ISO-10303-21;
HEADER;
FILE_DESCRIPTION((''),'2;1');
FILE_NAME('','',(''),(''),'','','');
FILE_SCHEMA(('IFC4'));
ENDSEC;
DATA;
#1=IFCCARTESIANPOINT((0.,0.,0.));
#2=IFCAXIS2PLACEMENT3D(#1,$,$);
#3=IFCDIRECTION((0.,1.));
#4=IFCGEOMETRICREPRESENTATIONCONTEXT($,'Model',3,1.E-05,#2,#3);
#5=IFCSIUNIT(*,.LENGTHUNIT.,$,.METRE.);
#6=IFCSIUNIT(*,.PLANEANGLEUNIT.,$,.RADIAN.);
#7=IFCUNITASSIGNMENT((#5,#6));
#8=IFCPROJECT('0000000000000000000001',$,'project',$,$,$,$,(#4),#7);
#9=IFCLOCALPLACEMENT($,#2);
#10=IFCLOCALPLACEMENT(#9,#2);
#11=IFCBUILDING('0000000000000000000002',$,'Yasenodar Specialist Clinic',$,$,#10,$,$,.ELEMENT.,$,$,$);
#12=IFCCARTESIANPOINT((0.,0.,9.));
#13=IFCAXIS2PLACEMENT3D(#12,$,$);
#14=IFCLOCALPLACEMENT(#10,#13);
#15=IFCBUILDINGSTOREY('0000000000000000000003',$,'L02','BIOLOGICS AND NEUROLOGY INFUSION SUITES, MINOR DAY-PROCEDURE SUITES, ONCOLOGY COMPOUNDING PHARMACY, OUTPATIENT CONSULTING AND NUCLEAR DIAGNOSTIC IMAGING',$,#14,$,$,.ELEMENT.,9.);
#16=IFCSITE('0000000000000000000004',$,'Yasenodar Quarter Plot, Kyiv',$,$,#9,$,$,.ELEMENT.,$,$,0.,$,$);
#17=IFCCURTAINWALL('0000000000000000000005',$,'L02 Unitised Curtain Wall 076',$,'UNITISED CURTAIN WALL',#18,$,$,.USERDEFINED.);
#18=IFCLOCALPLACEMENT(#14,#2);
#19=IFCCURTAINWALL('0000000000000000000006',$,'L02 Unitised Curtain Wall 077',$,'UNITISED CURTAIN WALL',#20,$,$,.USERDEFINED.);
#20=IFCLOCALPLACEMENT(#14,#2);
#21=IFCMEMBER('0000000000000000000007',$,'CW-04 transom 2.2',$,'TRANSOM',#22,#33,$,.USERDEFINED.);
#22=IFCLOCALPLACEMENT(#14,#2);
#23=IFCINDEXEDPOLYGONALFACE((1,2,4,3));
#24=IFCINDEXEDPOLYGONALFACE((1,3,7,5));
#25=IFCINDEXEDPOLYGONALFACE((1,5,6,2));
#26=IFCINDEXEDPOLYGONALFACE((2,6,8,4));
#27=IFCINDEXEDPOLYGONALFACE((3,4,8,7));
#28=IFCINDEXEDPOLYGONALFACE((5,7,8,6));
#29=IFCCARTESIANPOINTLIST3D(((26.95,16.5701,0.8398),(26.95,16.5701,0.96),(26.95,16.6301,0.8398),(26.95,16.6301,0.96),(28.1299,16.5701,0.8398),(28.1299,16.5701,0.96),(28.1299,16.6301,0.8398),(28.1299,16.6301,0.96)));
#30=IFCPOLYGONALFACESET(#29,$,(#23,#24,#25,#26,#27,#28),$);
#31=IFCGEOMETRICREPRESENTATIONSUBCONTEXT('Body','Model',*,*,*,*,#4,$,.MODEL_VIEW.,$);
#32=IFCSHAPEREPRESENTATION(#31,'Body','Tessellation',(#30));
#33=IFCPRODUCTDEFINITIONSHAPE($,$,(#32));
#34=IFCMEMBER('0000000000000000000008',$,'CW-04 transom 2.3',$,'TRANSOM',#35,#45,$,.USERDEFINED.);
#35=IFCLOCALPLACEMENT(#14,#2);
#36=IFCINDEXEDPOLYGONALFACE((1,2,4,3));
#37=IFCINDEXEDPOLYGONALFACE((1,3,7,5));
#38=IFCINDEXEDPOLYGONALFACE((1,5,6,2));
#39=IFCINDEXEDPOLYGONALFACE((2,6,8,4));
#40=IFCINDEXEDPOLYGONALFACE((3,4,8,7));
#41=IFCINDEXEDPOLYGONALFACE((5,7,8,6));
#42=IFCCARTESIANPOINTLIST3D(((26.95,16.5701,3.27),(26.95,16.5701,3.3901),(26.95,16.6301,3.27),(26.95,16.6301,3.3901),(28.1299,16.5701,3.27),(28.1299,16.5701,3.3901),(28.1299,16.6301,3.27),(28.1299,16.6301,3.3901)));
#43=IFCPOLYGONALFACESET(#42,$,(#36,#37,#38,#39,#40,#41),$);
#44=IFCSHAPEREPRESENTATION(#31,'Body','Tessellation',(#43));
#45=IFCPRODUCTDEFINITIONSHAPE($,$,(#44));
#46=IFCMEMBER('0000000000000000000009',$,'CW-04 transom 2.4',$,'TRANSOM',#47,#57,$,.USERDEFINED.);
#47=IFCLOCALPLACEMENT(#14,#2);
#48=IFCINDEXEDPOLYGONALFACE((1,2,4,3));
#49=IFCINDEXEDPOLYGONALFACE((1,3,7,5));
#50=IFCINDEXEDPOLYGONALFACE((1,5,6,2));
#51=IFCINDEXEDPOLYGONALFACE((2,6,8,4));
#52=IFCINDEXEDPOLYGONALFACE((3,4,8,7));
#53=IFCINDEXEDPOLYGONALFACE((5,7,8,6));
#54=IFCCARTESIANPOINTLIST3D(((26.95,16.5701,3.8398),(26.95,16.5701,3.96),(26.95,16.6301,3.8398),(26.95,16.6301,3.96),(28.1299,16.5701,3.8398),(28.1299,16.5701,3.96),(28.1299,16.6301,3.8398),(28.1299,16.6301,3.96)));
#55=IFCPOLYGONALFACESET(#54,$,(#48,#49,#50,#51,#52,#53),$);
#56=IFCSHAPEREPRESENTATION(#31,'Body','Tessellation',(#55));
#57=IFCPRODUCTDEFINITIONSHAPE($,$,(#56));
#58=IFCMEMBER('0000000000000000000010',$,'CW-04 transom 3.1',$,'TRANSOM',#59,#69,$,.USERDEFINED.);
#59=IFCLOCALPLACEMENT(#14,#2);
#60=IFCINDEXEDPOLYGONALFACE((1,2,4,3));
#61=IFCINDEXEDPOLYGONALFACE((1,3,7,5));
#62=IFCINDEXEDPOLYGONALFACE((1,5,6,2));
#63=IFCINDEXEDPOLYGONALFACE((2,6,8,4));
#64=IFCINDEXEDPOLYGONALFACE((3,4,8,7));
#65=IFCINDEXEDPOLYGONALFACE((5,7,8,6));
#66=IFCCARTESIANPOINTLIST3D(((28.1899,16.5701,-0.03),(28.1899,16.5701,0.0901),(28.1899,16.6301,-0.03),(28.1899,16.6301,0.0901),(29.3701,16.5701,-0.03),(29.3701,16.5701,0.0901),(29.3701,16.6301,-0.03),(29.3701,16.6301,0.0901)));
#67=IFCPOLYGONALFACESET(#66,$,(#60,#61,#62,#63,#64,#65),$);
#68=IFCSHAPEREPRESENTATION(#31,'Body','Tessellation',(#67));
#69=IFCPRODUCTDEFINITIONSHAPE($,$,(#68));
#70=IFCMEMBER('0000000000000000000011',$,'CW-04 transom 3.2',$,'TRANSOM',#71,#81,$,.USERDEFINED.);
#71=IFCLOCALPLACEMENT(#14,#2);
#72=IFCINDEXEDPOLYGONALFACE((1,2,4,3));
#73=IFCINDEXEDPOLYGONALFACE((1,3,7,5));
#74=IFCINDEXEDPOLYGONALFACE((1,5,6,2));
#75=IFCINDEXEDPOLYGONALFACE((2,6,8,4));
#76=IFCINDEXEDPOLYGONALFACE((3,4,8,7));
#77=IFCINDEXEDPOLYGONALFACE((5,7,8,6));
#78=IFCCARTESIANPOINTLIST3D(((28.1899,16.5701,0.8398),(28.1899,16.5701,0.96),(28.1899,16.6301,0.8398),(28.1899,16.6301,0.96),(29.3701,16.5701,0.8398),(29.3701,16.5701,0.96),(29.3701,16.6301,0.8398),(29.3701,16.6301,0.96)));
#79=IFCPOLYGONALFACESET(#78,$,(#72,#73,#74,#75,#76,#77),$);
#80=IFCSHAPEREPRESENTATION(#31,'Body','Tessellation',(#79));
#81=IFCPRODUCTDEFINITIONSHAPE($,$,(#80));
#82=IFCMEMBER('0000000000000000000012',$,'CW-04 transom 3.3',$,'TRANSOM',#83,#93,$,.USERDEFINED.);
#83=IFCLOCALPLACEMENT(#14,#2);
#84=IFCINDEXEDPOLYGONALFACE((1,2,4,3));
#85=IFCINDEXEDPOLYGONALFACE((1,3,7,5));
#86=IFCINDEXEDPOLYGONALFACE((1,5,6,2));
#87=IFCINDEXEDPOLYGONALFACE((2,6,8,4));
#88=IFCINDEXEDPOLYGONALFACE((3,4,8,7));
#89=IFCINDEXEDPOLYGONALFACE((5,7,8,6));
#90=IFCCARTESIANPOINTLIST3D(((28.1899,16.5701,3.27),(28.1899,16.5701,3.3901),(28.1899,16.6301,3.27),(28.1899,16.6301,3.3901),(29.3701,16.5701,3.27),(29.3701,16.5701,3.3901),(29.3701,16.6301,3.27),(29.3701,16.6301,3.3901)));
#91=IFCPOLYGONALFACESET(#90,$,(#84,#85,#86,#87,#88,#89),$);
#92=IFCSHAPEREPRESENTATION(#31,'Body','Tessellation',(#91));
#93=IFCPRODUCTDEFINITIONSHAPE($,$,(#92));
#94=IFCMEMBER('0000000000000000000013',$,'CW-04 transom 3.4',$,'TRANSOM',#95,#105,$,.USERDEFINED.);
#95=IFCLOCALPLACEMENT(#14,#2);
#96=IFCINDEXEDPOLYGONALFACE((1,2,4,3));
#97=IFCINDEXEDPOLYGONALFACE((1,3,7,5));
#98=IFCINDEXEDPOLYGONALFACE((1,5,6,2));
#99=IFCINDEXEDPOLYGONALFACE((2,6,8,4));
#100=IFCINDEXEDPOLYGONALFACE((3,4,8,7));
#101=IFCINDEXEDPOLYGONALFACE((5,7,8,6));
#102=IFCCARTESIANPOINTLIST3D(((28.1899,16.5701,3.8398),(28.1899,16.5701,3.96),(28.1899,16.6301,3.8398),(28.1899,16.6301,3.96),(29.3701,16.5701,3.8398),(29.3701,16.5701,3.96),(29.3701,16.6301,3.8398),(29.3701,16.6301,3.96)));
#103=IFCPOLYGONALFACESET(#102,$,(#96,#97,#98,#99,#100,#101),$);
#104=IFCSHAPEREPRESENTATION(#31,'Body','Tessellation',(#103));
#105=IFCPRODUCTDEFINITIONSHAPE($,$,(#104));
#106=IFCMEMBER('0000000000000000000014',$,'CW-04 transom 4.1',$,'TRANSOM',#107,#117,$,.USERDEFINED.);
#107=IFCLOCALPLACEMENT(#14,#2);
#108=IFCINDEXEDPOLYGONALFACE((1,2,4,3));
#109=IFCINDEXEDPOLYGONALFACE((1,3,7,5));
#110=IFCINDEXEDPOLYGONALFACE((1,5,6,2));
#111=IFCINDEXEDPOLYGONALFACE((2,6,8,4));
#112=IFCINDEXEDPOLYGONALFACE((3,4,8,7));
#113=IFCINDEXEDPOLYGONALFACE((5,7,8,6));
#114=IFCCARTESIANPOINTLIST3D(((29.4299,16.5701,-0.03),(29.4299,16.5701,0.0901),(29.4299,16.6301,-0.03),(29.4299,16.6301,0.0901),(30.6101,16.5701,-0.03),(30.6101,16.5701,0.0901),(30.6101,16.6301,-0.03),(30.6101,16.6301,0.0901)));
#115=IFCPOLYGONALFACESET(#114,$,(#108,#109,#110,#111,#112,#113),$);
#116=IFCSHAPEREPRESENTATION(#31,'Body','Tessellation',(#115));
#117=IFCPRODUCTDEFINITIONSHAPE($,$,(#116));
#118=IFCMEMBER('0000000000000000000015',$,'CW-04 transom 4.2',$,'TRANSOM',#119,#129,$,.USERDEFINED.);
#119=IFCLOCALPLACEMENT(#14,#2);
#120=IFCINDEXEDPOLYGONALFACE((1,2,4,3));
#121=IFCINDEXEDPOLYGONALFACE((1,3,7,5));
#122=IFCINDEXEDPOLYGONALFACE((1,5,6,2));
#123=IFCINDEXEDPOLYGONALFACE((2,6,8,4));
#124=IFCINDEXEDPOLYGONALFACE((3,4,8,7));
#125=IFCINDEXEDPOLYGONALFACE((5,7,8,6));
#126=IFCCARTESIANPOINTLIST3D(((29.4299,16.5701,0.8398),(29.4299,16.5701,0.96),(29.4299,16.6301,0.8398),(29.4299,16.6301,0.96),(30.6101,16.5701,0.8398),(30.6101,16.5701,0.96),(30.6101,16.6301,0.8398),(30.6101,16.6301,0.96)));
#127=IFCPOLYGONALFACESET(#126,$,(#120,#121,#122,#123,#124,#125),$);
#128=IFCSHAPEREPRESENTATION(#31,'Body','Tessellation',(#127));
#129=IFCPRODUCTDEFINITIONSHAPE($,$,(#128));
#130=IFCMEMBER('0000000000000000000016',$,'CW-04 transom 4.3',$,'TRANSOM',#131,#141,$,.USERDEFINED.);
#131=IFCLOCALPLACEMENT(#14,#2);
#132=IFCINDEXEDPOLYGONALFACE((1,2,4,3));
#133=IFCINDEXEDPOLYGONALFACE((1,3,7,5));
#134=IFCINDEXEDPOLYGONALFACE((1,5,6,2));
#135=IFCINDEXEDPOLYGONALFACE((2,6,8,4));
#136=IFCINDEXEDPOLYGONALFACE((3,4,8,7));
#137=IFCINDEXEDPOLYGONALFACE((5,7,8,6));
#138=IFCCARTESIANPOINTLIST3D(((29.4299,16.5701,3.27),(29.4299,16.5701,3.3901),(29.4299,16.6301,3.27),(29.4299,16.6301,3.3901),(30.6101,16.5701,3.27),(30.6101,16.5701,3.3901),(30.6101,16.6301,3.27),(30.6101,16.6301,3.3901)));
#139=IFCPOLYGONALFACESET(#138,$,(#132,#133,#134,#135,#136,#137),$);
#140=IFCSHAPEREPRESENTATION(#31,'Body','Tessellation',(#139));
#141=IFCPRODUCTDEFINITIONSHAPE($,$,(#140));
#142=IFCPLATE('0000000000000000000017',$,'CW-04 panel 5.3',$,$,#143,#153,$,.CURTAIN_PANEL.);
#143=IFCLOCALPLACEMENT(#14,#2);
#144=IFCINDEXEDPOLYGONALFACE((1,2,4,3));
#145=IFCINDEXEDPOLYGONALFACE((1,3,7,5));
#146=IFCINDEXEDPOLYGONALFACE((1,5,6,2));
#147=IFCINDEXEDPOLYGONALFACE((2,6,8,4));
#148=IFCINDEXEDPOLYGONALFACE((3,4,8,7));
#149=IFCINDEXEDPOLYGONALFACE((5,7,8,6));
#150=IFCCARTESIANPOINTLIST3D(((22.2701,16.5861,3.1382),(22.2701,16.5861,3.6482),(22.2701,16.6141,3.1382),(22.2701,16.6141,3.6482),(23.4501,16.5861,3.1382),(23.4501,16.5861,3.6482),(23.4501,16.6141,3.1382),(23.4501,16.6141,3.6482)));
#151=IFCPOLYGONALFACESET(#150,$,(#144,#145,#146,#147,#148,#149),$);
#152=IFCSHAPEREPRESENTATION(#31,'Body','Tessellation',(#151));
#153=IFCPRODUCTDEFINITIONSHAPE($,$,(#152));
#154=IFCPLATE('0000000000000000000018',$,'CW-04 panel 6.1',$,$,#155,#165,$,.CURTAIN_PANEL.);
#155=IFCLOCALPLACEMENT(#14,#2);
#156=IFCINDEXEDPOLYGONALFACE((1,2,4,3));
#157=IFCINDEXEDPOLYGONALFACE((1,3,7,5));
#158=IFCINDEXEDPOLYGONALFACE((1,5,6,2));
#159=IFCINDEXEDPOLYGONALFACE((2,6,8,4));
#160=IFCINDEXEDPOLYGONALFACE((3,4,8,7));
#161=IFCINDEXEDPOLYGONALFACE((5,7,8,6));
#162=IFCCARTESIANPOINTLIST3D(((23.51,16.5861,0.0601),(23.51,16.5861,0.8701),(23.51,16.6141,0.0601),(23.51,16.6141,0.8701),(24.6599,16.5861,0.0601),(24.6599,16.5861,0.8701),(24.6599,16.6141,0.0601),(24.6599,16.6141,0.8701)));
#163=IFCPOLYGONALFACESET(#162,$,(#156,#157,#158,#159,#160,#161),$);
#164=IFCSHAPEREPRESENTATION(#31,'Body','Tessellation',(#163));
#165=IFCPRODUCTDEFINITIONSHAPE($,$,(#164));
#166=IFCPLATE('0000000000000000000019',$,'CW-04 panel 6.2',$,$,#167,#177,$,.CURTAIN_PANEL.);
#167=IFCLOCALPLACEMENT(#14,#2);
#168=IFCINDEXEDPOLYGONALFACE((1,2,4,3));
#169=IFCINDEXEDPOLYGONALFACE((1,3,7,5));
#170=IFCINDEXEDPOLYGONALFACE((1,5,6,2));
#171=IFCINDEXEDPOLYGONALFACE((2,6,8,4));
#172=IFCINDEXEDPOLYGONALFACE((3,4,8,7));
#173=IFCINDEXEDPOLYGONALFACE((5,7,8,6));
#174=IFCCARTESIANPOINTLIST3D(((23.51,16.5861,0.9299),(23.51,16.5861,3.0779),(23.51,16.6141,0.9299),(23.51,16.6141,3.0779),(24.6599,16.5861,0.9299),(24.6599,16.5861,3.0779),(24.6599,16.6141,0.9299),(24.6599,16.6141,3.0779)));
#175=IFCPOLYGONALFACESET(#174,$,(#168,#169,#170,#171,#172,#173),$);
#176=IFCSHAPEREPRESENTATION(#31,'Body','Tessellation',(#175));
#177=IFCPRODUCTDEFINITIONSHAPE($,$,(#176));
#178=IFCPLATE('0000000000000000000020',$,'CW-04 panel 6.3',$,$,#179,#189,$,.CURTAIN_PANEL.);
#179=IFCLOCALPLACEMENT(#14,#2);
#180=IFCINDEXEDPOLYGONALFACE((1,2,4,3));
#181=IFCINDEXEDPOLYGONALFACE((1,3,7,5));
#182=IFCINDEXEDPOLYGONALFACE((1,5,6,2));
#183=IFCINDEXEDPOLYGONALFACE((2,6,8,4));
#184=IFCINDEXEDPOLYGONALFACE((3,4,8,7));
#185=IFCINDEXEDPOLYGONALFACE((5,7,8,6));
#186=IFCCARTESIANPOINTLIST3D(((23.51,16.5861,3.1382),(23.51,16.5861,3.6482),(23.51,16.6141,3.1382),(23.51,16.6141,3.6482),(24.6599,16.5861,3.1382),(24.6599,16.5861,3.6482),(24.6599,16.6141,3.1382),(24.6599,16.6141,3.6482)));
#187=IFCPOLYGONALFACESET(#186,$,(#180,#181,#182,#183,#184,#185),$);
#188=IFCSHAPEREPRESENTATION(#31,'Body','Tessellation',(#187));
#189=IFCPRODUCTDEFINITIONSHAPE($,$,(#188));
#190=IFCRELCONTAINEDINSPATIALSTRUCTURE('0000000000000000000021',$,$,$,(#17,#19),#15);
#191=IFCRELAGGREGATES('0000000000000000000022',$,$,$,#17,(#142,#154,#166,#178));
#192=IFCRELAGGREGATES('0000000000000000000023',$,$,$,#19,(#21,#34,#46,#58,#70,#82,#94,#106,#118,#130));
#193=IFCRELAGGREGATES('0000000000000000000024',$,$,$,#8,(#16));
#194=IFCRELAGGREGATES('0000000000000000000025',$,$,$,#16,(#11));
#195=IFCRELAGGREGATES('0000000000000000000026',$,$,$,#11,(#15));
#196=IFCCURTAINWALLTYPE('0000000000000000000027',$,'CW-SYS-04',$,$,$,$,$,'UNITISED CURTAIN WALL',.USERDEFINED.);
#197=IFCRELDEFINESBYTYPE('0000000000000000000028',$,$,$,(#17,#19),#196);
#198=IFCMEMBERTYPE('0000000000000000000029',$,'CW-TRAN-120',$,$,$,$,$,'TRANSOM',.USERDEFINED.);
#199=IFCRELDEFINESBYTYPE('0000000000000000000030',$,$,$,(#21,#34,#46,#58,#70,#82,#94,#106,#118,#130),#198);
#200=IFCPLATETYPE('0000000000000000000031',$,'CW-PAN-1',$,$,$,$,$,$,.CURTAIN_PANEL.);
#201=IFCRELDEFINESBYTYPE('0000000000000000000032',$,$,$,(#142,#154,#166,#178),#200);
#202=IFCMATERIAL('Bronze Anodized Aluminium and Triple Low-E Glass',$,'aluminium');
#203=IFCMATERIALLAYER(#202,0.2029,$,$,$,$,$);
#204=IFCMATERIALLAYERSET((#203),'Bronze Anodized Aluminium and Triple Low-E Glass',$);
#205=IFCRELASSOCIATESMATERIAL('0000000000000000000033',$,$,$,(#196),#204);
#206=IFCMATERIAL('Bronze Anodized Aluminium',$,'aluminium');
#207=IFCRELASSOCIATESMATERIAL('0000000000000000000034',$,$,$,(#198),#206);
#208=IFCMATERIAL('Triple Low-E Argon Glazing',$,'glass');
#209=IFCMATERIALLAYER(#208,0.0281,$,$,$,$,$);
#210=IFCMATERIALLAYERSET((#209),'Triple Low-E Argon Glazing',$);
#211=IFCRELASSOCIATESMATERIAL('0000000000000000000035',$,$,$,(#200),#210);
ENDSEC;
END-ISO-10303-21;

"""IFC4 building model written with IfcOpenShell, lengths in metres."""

from ifc_helpers import new_model, si_unit, direction, frame, origin, origin_2d, place, context, subcontext, project, spatial, rectangle, extrude, material, layer, layer_set, material_profile, profile_set, type_object, element, aggregate, save


model = new_model("IFC4")

# Units and contexts
model_context = context("Model", 3, precision=1e-05, world=origin(), true_north=direction((0.0, 1.0)))
body_context = subcontext(model_context, "Body", "Model", "MODEL_VIEW")
ifc_project = project(units=[si_unit("LENGTHUNIT", "METRE"), si_unit("PLANEANGLEUNIT", "RADIAN")], contexts=[model_context])

# Site, building, storey
site_placement = place(None, origin())
site = spatial("IfcSite", under=ifc_project, at=site_placement, Name="Yasenodar Quarter Plot, Kyiv", CompositionType="ELEMENT", RefElevation=0.0)
building_placement = place(site_placement, origin())
building = spatial("IfcBuilding", under=site, at=building_placement, Name="Yasenodar Specialist Clinic", CompositionType="ELEMENT")
storey_placement = place(building_placement, frame((0.0, 0.0, 9.0)))
storey = spatial("IfcBuildingStorey", under=building, at=storey_placement, Name="L02", Description="BIOLOGICS AND NEUROLOGY INFUSION SUITES, MINOR DAY-PROCEDURE SUITES, ONCOLOGY COMPOUNDING PHARMACY, OUTPATIENT CONSULTING AND NUCLEAR DIAGNOSTIC IMAGING", CompositionType="ELEMENT", Elevation=9.0)

# Curtain walls
ifc_material_1 = material(Name="Bronze Anodized Aluminium and Triple Low-E Glass", Category="aluminium")
ifc_layer_1 = layer(ifc_material_1, 0.2029)
ifc_layer_set_1 = layer_set([ifc_layer_1], Name="Bronze Anodized Aluminium and Triple Low-E Glass")
curtain_wall_type = type_object("IfcCurtainWallType", Name="CW-SYS-04", ElementType="UNITISED CURTAIN WALL", PredefinedType="USERDEFINED", material=ifc_layer_set_1)
curtain_wall_1_placement = place(storey_placement, origin())
curtain_wall_1 = element("IfcCurtainWall", 1, at=curtain_wall_1_placement, inside=storey, type_object=curtain_wall_type, Name="L02 Unitised Curtain Wall 076", ObjectType="UNITISED CURTAIN WALL", PredefinedType="USERDEFINED")
ifc_material_2 = material(Name="Bronze Anodized Aluminium", Category="aluminium")
curtain_wall_2_placement = place(storey_placement, origin())
curtain_wall_2 = element("IfcCurtainWall", 2, at=curtain_wall_2_placement, inside=storey, type_object=curtain_wall_type, Name="L02 Unitised Curtain Wall 077", ObjectType="UNITISED CURTAIN WALL", PredefinedType="USERDEFINED")

# Members
ifc_material_profile_1 = material_profile(ifc_material_2, rectangle(XDim=0.0601, YDim=0.1201, at=origin_2d()), Name="CW-TRAN 60x120")
ifc_profile_set_1 = profile_set([ifc_material_profile_1], Name="Bronze Anodized Aluminium")
member_type_1 = type_object("IfcMemberType", Name="CW-TRAN-120", ElementType="TRANSOM", PredefinedType="USERDEFINED", material=ifc_profile_set_1)
member_1_placement = place(storey_placement, frame((26.95, 16.6001, 0.8999), z_axis=(1.0, 0.0, 0.0), x_axis=(0.0, 1.0, 0.0)))
member_1 = element("IfcMember", 3, at=member_1_placement, type_object=member_type_1, Name="CW-04 transom 2.2", ObjectType="TRANSOM", PredefinedType="USERDEFINED", context=body_context, shape_type="SweptSolid", body=[
    extrude(rectangle(XDim=0.0601, YDim=0.1201, at=origin_2d()), origin(), (0.0, 0.0, 1.0), 1.1799),
])
member_2_placement = place(storey_placement, frame((26.95, 16.6001, 3.3301), z_axis=(1.0, 0.0, 0.0), x_axis=(0.0, 1.0, 0.0)))
member_2 = element("IfcMember", 4, at=member_2_placement, type_object=member_type_1, Name="CW-04 transom 2.3", ObjectType="TRANSOM", PredefinedType="USERDEFINED", context=body_context, shape_type="SweptSolid", body=[
    extrude(rectangle(XDim=0.0601, YDim=0.1201, at=origin_2d()), origin(), (0.0, 0.0, 1.0), 1.1799),
])
member_3_placement = place(storey_placement, frame((26.95, 16.6001, 3.8999), z_axis=(1.0, 0.0, 0.0), x_axis=(0.0, 1.0, 0.0)))
member_3 = element("IfcMember", 5, at=member_3_placement, type_object=member_type_1, Name="CW-04 transom 2.4", ObjectType="TRANSOM", PredefinedType="USERDEFINED", context=body_context, shape_type="SweptSolid", body=[
    extrude(rectangle(XDim=0.0601, YDim=0.1201, at=origin_2d()), origin(), (0.0, 0.0, 1.0), 1.1799),
])
member_4_placement = place(storey_placement, frame((28.1899, 16.6001, 0.03), z_axis=(1.0, 0.0, 0.0), x_axis=(0.0, 1.0, 0.0)))
member_4 = element("IfcMember", 6, at=member_4_placement, type_object=member_type_1, Name="CW-04 transom 3.1", ObjectType="TRANSOM", PredefinedType="USERDEFINED", context=body_context, shape_type="SweptSolid", body=[
    extrude(rectangle(XDim=0.0601, YDim=0.1201, at=origin_2d()), origin(), (0.0, 0.0, 1.0), 1.1802),
])
member_5_placement = place(storey_placement, frame((28.1899, 16.6001, 0.8999), z_axis=(1.0, 0.0, 0.0), x_axis=(0.0, 1.0, 0.0)))
member_5 = element("IfcMember", 7, at=member_5_placement, type_object=member_type_1, Name="CW-04 transom 3.2", ObjectType="TRANSOM", PredefinedType="USERDEFINED", context=body_context, shape_type="SweptSolid", body=[
    extrude(rectangle(XDim=0.0601, YDim=0.1201, at=origin_2d()), origin(), (0.0, 0.0, 1.0), 1.1802),
])
member_6_placement = place(storey_placement, frame((28.1899, 16.6001, 3.3301), z_axis=(1.0, 0.0, 0.0), x_axis=(0.0, 1.0, 0.0)))
member_6 = element("IfcMember", 8, at=member_6_placement, type_object=member_type_1, Name="CW-04 transom 3.3", ObjectType="TRANSOM", PredefinedType="USERDEFINED", context=body_context, shape_type="SweptSolid", body=[
    extrude(rectangle(XDim=0.0601, YDim=0.1201, at=origin_2d()), origin(), (0.0, 0.0, 1.0), 1.1802),
])
member_7_placement = place(storey_placement, frame((28.1899, 16.6001, 3.8999), z_axis=(1.0, 0.0, 0.0), x_axis=(0.0, 1.0, 0.0)))
member_7 = element("IfcMember", 9, at=member_7_placement, type_object=member_type_1, Name="CW-04 transom 3.4", ObjectType="TRANSOM", PredefinedType="USERDEFINED", context=body_context, shape_type="SweptSolid", body=[
    extrude(rectangle(XDim=0.0601, YDim=0.1201, at=origin_2d()), origin(), (0.0, 0.0, 1.0), 1.1802),
])
member_8_placement = place(storey_placement, frame((29.4299, 16.6001, 0.03), z_axis=(1.0, 0.0, 0.0), x_axis=(0.0, 1.0, 0.0)))
member_8 = element("IfcMember", 10, at=member_8_placement, type_object=member_type_1, Name="CW-04 transom 4.1", ObjectType="TRANSOM", PredefinedType="USERDEFINED", context=body_context, shape_type="SweptSolid", body=[
    extrude(rectangle(XDim=0.0601, YDim=0.1201, at=origin_2d()), origin(), (0.0, 0.0, 1.0), 1.1802),
])
member_9_placement = place(storey_placement, frame((29.4299, 16.6001, 0.8999), z_axis=(1.0, 0.0, 0.0), x_axis=(0.0, 1.0, 0.0)))
member_9 = element("IfcMember", 11, at=member_9_placement, type_object=member_type_1, Name="CW-04 transom 4.2", ObjectType="TRANSOM", PredefinedType="USERDEFINED", context=body_context, shape_type="SweptSolid", body=[
    extrude(rectangle(XDim=0.0601, YDim=0.1201, at=origin_2d()), origin(), (0.0, 0.0, 1.0), 1.1802),
])
member_10_placement = place(storey_placement, frame((29.4299, 16.6001, 3.3301), z_axis=(1.0, 0.0, 0.0), x_axis=(0.0, 1.0, 0.0)))
member_10 = element("IfcMember", 12, at=member_10_placement, type_object=member_type_1, Name="CW-04 transom 4.3", ObjectType="TRANSOM", PredefinedType="USERDEFINED", context=body_context, shape_type="SweptSolid", body=[
    extrude(rectangle(XDim=0.0601, YDim=0.1201, at=origin_2d()), origin(), (0.0, 0.0, 1.0), 1.1802),
])

# Plates
ifc_material_3 = material(Name="Triple Low-E Argon Glazing", Category="glass")
ifc_layer_2 = layer(ifc_material_3, 0.0281)
ifc_layer_set_2 = layer_set([ifc_layer_2], Name="Triple Low-E Argon Glazing")
plate_type_1 = type_object("IfcPlateType", Name="CW-PAN-1", PredefinedType="CURTAIN_PANEL", material=ifc_layer_set_2)
plate_1_placement = place(storey_placement, frame((22.8601, 16.6001, 3.1382), z_axis=(0.0, 0.0, 1.0), x_axis=(1.0, 0.0, 0.0)))
plate_1 = element("IfcPlate", 13, at=plate_1_placement, type_object=plate_type_1, Name="CW-04 panel 5.3", PredefinedType="CURTAIN_PANEL", context=body_context, shape_type="SweptSolid", body=[
    extrude(rectangle(XDim=1.1799, YDim=0.0281, at=origin_2d()), origin(), (0.0, 0.0, 1.0), 0.51),
])
plate_2_placement = place(storey_placement, frame((24.085, 16.6001, 0.0601), z_axis=(0.0, 0.0, 1.0), x_axis=(1.0, 0.0, 0.0)))
plate_2 = element("IfcPlate", 14, at=plate_2_placement, type_object=plate_type_1, Name="CW-04 panel 6.1", PredefinedType="CURTAIN_PANEL", context=body_context, shape_type="SweptSolid", body=[
    extrude(rectangle(XDim=1.1499, YDim=0.0281, at=origin_2d()), origin(), (0.0, 0.0, 1.0), 0.8101),
])
plate_3_placement = place(storey_placement, frame((24.085, 16.6001, 0.9299), z_axis=(0.0, 0.0, 1.0), x_axis=(1.0, 0.0, 0.0)))
plate_3 = element("IfcPlate", 15, at=plate_3_placement, type_object=plate_type_1, Name="CW-04 panel 6.2", PredefinedType="CURTAIN_PANEL", context=body_context, shape_type="SweptSolid", body=[
    extrude(rectangle(XDim=1.1499, YDim=0.0281, at=origin_2d()), origin(), (0.0, 0.0, 1.0), 2.1479),
])
plate_4_placement = place(storey_placement, frame((24.085, 16.6001, 3.1382), z_axis=(0.0, 0.0, 1.0), x_axis=(1.0, 0.0, 0.0)))
plate_4 = element("IfcPlate", 16, at=plate_4_placement, type_object=plate_type_1, Name="CW-04 panel 6.3", PredefinedType="CURTAIN_PANEL", context=body_context, shape_type="SweptSolid", body=[
    extrude(rectangle(XDim=1.1499, YDim=0.0281, at=origin_2d()), origin(), (0.0, 0.0, 1.0), 0.51),
])
aggregate(curtain_wall_1, [plate_1, plate_2, plate_3, plate_4])
aggregate(curtain_wall_2, [member_1, member_2, member_3, member_4, member_5, member_6, member_7, member_8, member_9, member_10])

save(model, "model.ifc")
